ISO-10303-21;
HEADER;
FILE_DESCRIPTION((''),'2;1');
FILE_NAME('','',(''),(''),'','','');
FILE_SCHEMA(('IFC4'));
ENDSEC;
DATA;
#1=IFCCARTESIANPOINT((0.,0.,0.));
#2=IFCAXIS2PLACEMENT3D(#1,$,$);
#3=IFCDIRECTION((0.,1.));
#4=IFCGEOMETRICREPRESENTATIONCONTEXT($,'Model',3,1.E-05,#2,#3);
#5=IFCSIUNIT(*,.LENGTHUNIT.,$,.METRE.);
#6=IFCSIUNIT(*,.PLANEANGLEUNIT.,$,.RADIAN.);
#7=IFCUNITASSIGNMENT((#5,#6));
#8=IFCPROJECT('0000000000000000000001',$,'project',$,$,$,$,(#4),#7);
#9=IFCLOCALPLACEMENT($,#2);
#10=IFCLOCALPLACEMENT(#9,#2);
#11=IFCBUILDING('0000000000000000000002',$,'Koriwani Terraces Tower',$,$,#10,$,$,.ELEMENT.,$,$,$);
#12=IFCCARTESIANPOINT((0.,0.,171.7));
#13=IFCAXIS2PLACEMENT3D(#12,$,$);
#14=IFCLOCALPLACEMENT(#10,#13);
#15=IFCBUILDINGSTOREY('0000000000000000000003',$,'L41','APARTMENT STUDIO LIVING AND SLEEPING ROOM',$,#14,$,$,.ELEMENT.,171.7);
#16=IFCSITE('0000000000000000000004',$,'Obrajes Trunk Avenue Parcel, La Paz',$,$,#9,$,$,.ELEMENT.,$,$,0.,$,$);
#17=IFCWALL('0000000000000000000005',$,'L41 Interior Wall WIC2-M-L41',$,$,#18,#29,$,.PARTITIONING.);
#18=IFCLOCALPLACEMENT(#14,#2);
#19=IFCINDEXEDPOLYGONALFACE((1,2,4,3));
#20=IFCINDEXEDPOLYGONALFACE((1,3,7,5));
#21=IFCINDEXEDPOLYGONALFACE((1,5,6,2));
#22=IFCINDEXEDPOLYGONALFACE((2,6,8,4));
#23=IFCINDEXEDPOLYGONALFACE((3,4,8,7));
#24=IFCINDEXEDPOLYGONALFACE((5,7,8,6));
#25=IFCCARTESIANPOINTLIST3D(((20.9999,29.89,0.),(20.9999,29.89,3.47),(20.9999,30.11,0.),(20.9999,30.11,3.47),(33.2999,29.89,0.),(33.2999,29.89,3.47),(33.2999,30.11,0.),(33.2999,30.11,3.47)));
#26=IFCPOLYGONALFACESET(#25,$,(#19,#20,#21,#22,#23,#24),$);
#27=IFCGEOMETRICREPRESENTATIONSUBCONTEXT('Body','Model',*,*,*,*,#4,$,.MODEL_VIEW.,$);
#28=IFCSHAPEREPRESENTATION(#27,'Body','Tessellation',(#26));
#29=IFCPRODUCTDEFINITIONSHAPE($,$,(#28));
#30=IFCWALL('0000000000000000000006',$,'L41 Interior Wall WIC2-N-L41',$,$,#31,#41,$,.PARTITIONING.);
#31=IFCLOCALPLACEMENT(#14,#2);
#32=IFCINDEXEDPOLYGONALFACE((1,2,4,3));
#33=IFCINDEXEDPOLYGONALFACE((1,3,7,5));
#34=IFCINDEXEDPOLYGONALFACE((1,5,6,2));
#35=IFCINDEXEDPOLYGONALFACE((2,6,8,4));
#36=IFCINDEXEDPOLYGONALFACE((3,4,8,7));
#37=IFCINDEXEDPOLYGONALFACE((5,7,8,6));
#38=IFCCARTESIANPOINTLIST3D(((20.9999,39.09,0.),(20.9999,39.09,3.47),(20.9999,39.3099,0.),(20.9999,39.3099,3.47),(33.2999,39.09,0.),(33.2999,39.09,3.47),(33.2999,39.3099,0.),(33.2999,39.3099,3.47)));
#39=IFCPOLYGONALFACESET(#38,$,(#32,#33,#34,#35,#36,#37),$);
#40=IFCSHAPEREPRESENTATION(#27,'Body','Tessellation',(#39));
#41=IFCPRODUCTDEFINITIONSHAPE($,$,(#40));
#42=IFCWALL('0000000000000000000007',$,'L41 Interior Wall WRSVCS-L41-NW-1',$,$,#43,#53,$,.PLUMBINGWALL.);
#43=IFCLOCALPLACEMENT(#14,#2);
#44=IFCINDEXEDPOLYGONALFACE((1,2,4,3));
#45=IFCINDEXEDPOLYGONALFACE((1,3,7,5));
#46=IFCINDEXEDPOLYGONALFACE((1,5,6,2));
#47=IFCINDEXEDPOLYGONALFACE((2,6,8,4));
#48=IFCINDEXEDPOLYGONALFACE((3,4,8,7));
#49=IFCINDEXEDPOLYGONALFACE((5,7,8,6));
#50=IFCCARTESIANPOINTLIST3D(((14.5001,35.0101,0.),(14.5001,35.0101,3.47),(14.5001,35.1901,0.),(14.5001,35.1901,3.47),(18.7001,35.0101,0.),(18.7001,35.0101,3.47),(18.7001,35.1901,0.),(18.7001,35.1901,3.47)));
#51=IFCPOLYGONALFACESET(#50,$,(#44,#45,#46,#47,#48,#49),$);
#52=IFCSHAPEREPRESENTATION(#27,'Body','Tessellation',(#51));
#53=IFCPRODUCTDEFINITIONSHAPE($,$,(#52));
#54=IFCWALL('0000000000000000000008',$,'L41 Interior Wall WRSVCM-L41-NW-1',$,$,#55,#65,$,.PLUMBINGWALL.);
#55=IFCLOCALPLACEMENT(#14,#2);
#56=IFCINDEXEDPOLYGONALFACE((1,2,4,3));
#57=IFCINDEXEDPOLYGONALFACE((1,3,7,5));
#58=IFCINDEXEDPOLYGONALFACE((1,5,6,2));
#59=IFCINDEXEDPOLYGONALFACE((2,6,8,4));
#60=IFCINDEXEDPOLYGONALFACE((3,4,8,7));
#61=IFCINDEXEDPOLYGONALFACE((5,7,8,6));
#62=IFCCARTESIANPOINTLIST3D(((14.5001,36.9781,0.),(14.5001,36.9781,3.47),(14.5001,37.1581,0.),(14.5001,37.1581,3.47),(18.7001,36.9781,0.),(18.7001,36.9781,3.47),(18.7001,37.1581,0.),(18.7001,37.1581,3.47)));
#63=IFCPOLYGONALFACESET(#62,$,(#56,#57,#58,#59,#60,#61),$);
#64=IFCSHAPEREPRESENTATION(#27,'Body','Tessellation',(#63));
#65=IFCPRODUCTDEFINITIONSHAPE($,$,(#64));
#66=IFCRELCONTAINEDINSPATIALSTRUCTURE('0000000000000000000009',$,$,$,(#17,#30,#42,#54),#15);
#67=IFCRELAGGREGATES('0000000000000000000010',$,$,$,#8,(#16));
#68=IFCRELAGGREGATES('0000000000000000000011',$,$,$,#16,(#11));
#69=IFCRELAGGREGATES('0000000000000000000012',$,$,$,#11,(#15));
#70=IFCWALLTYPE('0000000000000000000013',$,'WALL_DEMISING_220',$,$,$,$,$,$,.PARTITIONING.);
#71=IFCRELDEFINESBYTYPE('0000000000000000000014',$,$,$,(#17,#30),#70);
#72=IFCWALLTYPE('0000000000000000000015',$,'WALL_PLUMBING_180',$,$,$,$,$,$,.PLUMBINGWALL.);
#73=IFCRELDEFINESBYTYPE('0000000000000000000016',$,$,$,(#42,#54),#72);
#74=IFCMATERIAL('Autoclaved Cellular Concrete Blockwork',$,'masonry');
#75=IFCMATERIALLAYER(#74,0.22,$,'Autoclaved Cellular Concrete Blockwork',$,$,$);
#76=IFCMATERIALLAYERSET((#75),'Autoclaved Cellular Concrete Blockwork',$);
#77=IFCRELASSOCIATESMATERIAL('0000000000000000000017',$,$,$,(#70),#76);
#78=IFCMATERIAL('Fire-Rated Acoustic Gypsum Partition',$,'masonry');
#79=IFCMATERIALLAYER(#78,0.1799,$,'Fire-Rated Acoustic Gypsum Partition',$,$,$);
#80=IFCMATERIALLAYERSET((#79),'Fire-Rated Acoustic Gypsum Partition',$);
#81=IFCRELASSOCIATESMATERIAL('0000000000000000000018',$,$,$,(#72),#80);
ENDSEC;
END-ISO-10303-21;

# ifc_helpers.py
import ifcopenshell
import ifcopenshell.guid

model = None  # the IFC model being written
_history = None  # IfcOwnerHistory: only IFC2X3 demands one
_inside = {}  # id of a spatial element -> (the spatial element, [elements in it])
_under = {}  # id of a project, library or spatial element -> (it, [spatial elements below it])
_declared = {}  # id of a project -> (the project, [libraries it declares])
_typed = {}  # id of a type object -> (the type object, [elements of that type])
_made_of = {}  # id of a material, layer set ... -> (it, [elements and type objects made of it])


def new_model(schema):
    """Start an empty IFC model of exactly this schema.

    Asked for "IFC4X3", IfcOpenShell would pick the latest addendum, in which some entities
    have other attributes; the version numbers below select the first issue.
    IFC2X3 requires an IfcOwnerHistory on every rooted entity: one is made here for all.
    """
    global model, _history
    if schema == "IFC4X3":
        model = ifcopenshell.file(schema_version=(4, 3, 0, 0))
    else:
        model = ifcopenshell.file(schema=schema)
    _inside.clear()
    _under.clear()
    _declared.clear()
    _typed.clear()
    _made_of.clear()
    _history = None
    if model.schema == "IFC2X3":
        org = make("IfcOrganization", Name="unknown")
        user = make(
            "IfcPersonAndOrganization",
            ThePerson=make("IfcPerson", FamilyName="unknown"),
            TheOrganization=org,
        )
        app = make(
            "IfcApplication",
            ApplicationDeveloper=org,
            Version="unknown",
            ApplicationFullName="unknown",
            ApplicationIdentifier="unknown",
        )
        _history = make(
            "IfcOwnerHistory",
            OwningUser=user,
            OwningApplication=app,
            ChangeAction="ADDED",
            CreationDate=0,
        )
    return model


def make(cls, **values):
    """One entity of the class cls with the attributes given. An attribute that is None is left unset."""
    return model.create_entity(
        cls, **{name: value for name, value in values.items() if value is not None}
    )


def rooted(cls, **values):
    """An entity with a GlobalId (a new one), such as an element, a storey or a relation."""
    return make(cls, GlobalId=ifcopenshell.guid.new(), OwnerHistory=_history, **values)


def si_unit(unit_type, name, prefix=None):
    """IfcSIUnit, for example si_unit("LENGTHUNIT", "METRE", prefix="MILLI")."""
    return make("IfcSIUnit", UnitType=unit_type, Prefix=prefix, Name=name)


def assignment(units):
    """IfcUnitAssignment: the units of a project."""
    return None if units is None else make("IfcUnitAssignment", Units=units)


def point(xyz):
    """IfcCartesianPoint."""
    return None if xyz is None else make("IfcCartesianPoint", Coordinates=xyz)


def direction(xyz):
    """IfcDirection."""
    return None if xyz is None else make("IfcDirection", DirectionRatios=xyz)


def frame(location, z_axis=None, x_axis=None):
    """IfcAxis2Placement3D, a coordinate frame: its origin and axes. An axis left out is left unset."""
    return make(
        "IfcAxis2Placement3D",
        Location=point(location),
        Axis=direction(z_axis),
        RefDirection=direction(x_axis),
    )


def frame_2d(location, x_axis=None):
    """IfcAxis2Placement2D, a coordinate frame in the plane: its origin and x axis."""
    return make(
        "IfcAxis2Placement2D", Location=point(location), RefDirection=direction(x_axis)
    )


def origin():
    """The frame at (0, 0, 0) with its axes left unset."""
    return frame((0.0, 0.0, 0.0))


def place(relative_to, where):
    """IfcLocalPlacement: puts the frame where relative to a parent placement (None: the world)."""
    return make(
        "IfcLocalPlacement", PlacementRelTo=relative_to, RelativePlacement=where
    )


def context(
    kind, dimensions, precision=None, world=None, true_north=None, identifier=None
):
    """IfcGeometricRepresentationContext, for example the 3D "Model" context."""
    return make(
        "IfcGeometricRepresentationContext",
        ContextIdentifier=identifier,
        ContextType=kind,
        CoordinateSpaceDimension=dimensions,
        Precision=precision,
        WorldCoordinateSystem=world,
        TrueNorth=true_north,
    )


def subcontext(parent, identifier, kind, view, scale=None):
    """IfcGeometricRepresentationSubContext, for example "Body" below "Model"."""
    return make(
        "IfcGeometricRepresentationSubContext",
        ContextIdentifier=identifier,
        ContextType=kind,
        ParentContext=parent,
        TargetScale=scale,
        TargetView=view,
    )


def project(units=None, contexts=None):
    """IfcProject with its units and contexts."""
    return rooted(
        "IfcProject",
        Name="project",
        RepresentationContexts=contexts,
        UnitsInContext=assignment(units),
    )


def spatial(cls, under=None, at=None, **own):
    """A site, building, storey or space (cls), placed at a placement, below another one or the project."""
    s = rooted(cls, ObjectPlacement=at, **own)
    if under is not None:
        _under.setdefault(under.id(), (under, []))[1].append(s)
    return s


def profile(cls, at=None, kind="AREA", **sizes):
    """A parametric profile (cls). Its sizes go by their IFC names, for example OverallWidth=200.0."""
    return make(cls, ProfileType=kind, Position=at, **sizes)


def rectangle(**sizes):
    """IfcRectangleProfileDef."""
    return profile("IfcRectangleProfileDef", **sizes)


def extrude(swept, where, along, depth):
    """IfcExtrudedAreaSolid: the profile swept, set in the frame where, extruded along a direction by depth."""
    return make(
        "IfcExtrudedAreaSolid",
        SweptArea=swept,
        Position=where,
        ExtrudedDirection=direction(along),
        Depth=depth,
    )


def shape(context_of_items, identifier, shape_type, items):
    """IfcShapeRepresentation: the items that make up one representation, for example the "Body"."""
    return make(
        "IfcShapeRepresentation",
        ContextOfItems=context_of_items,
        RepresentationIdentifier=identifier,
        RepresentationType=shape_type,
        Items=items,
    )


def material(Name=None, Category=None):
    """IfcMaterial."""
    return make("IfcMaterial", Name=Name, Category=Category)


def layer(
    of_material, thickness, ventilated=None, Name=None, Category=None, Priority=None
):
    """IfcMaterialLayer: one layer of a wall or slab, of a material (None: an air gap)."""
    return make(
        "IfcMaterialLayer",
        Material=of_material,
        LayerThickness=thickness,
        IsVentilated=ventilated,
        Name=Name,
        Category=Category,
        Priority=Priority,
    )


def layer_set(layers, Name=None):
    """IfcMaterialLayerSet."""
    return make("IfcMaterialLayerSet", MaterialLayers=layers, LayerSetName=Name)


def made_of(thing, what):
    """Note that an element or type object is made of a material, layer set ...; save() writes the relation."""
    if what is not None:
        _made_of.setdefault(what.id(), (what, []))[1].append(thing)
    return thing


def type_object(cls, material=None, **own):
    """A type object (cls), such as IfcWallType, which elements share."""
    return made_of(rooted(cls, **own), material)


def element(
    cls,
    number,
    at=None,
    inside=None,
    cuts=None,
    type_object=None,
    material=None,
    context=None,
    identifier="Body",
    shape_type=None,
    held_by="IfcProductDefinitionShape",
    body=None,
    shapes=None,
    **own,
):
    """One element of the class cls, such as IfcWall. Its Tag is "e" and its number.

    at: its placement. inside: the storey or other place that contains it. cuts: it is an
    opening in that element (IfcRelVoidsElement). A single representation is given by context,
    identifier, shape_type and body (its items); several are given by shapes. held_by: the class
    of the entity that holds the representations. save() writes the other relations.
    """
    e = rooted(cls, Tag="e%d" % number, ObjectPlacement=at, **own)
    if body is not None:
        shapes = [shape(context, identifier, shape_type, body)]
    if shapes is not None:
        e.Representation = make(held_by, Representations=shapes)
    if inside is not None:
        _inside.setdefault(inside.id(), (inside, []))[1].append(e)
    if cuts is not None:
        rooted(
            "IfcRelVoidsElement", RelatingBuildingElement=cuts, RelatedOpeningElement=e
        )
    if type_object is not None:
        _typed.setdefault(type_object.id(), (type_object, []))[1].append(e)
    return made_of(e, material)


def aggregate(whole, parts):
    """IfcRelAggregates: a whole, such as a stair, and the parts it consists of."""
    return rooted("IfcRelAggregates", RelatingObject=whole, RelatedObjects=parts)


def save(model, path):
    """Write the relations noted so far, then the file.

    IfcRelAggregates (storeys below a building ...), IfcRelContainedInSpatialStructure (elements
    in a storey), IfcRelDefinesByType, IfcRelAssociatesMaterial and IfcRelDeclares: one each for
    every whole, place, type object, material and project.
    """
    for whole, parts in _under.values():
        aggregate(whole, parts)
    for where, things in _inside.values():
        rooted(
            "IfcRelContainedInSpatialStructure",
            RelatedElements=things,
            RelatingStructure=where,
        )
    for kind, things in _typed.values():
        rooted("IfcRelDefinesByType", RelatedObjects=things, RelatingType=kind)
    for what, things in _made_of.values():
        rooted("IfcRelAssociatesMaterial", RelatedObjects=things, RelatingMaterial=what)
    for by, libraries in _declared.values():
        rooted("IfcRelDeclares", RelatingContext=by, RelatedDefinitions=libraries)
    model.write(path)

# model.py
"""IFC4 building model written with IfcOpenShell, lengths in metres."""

from ifc_helpers import new_model, si_unit, direction, frame, frame_2d, origin, place, context, subcontext, project, spatial, rectangle, extrude, material, layer, layer_set, type_object, element, save


model = new_model("IFC4")

# Units and contexts
model_context = context("Model", 3, precision=1e-05, world=origin(), true_north=direction((0.0, 1.0)))
body_context = subcontext(model_context, "Body", "Model", "MODEL_VIEW")
ifc_project = project(units=[si_unit("LENGTHUNIT", "METRE"), si_unit("PLANEANGLEUNIT", "RADIAN")], contexts=[model_context])

# Site, building, storey
site_placement = place(None, origin())
site = spatial("IfcSite", under=ifc_project, at=site_placement, Name="Obrajes Trunk Avenue Parcel, La Paz", CompositionType="ELEMENT", RefElevation=0.0)
building_placement = place(site_placement, origin())
building = spatial("IfcBuilding", under=site, at=building_placement, Name="Koriwani Terraces Tower", CompositionType="ELEMENT")
storey_placement = place(building_placement, frame((0.0, 0.0, 171.7)))
storey = spatial("IfcBuildingStorey", under=building, at=storey_placement, Name="L41", Description="APARTMENT STUDIO LIVING AND SLEEPING ROOM", CompositionType="ELEMENT", Elevation=171.7)

# Shared definitions
ifc_material_1 = material(Name="Autoclaved Cellular Concrete Blockwork", Category="masonry")

# Walls
ifc_layer_1 = layer(ifc_material_1, 0.22, Name="Autoclaved Cellular Concrete Blockwork")
ifc_layer_set_1 = layer_set([ifc_layer_1], Name="Autoclaved Cellular Concrete Blockwork")
wall_type_1 = type_object("IfcWallType", Name="WALL_DEMISING_220", PredefinedType="PARTITIONING", material=ifc_layer_set_1)
for number, where, z_axis, x_axis, name in (
    (1, (21.0, 30.0, 0.0), (0.0, 0.0, 1.0), (1.0, 0.0, 0.0), "L41 Interior Wall WIC2-M-L41"),
    (2, (21.0, 39.2, 0.0), (0.0, 0.0, 1.0), (1.0, 0.0, 0.0), "L41 Interior Wall WIC2-N-L41"),
):
    element("IfcWall", number, at=place(storey_placement, frame(where, z_axis=z_axis, x_axis=x_axis)), inside=storey, type_object=wall_type_1, Name=name, PredefinedType="PARTITIONING", context=body_context, shape_type="SweptSolid", body=[
        extrude(rectangle(XDim=12.3, YDim=0.22, at=frame_2d((6.1499, 0.0))), origin(), (0.0, 0.0, 1.0), 3.47),
    ])
ifc_material_2 = material(Name="Fire-Rated Acoustic Gypsum Partition", Category="masonry")
ifc_layer_2 = layer(ifc_material_2, 0.1799, Name="Fire-Rated Acoustic Gypsum Partition")
ifc_layer_set_2 = layer_set([ifc_layer_2], Name="Fire-Rated Acoustic Gypsum Partition")
wall_type_2 = type_object("IfcWallType", Name="WALL_PLUMBING_180", PredefinedType="PLUMBINGWALL", material=ifc_layer_set_2)
for number, where, z_axis, x_axis, name in (
    (3, (14.5, 35.1001, 0.0), (0.0, 0.0, 1.0), (1.0, 0.0, 0.0), "L41 Interior Wall WRSVCS-L41-NW-1"),
    (4, (14.5, 37.0681, 0.0), (0.0, 0.0, 1.0), (1.0, 0.0, 0.0), "L41 Interior Wall WRSVCM-L41-NW-1"),
):
    element("IfcWall", number, at=place(storey_placement, frame(where, z_axis=z_axis, x_axis=x_axis)), inside=storey, type_object=wall_type_2, Name=name, PredefinedType="PLUMBINGWALL", context=body_context, shape_type="SweptSolid", body=[
        extrude(rectangle(XDim=4.2, YDim=0.1799, at=frame_2d((2.1001, 0.0))), origin(), (0.0, 0.0, 1.0), 3.47),
    ])

save(model, "model.ifc")
